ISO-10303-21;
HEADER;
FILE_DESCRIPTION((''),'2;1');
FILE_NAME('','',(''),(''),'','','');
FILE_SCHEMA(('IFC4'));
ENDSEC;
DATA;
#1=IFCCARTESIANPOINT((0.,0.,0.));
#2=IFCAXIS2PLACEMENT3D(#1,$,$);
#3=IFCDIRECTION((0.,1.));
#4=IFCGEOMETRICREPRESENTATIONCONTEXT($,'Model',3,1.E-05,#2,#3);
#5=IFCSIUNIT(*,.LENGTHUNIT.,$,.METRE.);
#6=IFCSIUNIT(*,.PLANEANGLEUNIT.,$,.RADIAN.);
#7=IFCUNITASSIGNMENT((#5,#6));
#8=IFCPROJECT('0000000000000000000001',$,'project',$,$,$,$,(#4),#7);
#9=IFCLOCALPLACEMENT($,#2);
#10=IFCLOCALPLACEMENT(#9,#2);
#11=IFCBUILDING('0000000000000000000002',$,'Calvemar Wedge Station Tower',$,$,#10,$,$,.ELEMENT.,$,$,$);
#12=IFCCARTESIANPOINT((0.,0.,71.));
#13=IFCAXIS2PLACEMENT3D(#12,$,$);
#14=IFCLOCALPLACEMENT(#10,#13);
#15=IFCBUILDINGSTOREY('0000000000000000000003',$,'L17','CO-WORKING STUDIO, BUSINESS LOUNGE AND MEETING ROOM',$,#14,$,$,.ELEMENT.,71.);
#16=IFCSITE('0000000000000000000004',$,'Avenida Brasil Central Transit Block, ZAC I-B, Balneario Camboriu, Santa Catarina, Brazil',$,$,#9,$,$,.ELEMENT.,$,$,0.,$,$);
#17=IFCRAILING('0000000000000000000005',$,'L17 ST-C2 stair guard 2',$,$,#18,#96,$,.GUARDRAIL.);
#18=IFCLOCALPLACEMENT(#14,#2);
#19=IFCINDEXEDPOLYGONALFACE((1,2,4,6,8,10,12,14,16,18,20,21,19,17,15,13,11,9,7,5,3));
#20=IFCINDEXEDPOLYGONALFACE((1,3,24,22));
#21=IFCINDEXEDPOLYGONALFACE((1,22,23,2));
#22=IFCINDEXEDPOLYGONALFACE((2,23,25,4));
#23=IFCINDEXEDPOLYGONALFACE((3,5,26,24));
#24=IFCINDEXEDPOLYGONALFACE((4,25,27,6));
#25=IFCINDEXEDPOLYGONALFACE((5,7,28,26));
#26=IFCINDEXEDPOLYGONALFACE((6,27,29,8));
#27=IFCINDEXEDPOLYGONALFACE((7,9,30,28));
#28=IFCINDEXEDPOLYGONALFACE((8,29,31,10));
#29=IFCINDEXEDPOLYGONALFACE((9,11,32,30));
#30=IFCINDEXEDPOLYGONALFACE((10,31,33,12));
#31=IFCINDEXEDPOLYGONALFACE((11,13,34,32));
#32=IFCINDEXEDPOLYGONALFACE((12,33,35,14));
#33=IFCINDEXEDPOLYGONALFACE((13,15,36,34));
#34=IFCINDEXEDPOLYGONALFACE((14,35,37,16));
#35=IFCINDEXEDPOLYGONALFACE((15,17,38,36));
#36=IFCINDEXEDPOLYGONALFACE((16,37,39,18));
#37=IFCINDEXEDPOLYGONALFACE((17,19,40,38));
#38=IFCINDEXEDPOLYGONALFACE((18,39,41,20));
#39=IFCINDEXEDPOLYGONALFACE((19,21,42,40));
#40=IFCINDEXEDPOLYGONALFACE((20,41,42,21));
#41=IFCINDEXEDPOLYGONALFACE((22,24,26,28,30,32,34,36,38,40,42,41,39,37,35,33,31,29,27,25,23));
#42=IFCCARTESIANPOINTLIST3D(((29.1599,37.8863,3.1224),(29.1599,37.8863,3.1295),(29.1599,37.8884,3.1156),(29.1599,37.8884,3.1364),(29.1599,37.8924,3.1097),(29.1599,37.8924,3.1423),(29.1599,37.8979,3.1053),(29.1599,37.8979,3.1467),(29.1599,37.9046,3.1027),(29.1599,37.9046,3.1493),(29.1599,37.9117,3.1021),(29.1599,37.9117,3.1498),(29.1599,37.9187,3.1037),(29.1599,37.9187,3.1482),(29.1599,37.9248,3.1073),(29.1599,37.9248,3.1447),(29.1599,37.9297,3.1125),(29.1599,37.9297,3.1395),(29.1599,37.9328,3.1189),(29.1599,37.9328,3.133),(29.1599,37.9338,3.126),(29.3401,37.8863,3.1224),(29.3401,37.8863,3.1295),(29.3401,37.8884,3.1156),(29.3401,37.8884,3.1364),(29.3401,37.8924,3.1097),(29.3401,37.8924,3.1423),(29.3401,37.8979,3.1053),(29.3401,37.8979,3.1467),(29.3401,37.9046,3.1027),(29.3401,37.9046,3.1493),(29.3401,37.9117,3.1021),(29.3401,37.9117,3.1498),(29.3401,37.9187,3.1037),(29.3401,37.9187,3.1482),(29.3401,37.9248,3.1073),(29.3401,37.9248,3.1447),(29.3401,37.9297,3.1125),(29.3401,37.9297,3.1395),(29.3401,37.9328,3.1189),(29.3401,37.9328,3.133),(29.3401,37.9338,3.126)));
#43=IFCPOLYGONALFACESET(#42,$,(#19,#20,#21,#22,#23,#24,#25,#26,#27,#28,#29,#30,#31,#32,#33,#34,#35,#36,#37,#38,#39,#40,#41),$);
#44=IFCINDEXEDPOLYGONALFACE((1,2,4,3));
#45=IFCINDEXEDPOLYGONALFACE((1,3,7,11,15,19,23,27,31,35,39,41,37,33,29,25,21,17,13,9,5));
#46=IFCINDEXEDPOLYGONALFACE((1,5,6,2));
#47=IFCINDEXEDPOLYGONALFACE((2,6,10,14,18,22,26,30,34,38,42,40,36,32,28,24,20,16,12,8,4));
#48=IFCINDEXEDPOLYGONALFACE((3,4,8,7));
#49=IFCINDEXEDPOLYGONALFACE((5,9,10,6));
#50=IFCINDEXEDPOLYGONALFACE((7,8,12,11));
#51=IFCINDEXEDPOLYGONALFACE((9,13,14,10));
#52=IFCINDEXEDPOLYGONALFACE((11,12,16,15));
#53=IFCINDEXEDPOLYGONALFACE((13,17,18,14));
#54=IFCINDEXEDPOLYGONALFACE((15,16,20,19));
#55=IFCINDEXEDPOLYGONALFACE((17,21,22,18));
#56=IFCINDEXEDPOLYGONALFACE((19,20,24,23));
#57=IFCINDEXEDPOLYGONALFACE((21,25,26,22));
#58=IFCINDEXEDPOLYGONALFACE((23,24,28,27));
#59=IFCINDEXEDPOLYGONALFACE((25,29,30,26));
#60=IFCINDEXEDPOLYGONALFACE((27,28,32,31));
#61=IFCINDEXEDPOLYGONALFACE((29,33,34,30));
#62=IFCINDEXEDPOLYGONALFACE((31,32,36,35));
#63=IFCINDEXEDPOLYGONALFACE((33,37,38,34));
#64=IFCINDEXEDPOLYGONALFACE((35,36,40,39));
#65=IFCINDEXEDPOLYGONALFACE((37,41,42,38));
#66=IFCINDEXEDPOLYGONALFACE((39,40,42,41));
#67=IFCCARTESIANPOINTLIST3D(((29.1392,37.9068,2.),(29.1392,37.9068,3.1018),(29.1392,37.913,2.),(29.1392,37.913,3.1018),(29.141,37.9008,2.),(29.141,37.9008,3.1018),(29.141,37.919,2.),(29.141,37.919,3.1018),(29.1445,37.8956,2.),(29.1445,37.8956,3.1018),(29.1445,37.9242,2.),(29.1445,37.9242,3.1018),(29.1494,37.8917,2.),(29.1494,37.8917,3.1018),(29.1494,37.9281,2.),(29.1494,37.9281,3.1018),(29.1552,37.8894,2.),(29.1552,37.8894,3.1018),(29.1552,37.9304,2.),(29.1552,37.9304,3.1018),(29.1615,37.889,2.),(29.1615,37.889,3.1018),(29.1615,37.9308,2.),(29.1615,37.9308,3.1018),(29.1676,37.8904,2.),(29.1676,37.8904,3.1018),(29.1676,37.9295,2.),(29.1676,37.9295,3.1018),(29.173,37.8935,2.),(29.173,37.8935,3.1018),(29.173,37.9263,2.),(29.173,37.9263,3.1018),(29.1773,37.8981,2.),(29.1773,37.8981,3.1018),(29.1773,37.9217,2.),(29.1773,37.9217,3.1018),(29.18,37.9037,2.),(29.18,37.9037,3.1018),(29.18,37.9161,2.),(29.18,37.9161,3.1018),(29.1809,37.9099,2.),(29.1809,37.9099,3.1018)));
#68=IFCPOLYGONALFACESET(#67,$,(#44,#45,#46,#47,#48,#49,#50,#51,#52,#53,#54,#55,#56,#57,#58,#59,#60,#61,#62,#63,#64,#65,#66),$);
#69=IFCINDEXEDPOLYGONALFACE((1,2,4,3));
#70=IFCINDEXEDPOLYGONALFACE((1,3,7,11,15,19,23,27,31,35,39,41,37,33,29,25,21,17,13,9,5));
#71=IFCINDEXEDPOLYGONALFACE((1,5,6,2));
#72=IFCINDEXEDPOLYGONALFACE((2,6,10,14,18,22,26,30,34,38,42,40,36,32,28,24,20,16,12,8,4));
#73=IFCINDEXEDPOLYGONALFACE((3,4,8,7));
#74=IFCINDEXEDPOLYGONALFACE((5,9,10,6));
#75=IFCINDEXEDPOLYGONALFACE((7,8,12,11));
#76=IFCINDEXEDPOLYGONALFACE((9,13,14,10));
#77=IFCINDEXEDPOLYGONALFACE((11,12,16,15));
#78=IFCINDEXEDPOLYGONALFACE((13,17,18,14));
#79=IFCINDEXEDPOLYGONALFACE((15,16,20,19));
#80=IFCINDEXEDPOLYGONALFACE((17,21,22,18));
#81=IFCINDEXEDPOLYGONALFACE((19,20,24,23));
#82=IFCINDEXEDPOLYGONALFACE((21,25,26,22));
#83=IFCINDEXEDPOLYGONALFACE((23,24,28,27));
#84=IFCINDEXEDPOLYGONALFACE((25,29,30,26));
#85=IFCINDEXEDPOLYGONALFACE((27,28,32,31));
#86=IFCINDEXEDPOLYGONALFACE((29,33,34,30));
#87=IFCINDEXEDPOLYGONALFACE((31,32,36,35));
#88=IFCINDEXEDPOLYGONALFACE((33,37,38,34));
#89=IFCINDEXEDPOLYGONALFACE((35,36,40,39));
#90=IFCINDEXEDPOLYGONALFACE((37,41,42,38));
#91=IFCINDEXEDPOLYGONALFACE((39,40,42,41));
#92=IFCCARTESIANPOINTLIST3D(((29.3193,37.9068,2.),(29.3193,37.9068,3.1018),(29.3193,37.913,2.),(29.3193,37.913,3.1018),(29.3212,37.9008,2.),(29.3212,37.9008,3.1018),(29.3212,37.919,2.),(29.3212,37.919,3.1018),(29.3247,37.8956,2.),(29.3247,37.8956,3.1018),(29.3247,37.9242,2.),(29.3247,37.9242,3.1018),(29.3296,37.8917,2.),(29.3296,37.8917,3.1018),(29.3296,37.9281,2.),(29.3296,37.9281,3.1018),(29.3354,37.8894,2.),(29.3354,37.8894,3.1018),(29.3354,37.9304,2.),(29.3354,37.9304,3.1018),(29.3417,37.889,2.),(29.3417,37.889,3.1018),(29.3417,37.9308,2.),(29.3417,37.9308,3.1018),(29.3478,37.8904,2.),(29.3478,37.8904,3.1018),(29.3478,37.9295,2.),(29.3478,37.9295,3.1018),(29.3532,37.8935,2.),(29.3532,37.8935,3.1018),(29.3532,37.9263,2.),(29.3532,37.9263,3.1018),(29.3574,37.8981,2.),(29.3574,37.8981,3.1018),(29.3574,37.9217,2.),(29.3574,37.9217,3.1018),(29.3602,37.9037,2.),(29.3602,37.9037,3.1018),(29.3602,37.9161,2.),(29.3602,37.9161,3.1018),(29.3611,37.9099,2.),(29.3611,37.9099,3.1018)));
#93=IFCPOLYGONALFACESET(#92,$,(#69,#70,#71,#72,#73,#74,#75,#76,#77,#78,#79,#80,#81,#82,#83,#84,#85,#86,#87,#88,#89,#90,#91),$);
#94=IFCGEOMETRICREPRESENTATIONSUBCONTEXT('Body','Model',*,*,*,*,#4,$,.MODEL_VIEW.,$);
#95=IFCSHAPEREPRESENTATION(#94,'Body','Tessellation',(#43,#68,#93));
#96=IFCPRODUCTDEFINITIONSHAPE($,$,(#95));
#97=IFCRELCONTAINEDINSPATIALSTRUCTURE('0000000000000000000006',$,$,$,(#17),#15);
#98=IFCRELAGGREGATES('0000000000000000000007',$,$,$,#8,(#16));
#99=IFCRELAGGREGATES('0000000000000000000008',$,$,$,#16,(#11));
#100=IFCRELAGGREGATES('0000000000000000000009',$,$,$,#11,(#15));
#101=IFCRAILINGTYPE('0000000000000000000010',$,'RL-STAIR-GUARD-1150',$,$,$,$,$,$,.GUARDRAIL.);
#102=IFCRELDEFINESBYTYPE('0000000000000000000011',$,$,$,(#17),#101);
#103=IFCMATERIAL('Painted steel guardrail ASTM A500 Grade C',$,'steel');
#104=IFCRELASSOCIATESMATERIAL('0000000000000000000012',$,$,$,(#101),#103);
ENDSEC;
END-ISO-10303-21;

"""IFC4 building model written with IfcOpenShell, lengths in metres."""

from ifc_helpers import new_model, si_unit, direction, frame, origin, origin_2d, place, context, subcontext, project, spatial, circle, extrude, material, type_object, element, save


model = new_model("IFC4")

# Units and contexts
model_context = context("Model", 3, precision=1e-05, world=origin(), true_north=direction((0.0, 1.0)))
body_context = subcontext(model_context, "Body", "Model", "MODEL_VIEW")
ifc_project = project(units=[si_unit("LENGTHUNIT", "METRE"), si_unit("PLANEANGLEUNIT", "RADIAN")], contexts=[model_context])

# Site, building, storey
site_placement = place(None, origin())
site = spatial("IfcSite", under=ifc_project, at=site_placement, Name="Avenida Brasil Central Transit Block, ZAC I-B, Balneario Camboriu, Santa Catarina, Brazil", CompositionType="ELEMENT", RefElevation=0.0)
building_placement = place(site_placement, origin())
building = spatial("IfcBuilding", under=site, at=building_placement, Name="Calvemar Wedge Station Tower", CompositionType="ELEMENT")
storey_placement = place(building_placement, frame((0.0, 0.0, 71.0)))
storey = spatial("IfcBuildingStorey", under=building, at=storey_placement, Name="L17", Description="CO-WORKING STUDIO, BUSINESS LOUNGE AND MEETING ROOM", CompositionType="ELEMENT", Elevation=71.0)

# Railing
ifc_material_1 = material(Name="Painted steel guardrail ASTM A500 Grade C", Category="steel")
railing_type_1 = type_object("IfcRailingType", Name="RL-STAIR-GUARD-1150", PredefinedType="GUARDRAIL", material=ifc_material_1)
railing_1_placement = place(storey_placement, frame((29.1599, 37.9099, 2.0)))
element("IfcRailing", 1, at=railing_1_placement, inside=storey, type_object=railing_type_1, Name="L17 ST-C2 stair guard 2", PredefinedType="GUARDRAIL", context=body_context, shape_type="SweptSolid", body=[
    extrude(circle(Radius=0.0239, at=origin_2d()), frame((0.0, 0.0, 1.126), z_axis=(1.0, 0.0, 0.0), x_axis=(0.0, 1.0, 0.0)), (0.0, 0.0, 1.0), 0.1802),
    extrude(circle(Radius=0.021, at=origin_2d()), origin(), (0.0, 0.0, 1.0), 1.1018),
    extrude(circle(Radius=0.021, at=origin_2d()), frame((0.1802, 0.0, 0.0)), (0.0, 0.0, 1.0), 1.1018),
])

save(model, "model.ifc")
